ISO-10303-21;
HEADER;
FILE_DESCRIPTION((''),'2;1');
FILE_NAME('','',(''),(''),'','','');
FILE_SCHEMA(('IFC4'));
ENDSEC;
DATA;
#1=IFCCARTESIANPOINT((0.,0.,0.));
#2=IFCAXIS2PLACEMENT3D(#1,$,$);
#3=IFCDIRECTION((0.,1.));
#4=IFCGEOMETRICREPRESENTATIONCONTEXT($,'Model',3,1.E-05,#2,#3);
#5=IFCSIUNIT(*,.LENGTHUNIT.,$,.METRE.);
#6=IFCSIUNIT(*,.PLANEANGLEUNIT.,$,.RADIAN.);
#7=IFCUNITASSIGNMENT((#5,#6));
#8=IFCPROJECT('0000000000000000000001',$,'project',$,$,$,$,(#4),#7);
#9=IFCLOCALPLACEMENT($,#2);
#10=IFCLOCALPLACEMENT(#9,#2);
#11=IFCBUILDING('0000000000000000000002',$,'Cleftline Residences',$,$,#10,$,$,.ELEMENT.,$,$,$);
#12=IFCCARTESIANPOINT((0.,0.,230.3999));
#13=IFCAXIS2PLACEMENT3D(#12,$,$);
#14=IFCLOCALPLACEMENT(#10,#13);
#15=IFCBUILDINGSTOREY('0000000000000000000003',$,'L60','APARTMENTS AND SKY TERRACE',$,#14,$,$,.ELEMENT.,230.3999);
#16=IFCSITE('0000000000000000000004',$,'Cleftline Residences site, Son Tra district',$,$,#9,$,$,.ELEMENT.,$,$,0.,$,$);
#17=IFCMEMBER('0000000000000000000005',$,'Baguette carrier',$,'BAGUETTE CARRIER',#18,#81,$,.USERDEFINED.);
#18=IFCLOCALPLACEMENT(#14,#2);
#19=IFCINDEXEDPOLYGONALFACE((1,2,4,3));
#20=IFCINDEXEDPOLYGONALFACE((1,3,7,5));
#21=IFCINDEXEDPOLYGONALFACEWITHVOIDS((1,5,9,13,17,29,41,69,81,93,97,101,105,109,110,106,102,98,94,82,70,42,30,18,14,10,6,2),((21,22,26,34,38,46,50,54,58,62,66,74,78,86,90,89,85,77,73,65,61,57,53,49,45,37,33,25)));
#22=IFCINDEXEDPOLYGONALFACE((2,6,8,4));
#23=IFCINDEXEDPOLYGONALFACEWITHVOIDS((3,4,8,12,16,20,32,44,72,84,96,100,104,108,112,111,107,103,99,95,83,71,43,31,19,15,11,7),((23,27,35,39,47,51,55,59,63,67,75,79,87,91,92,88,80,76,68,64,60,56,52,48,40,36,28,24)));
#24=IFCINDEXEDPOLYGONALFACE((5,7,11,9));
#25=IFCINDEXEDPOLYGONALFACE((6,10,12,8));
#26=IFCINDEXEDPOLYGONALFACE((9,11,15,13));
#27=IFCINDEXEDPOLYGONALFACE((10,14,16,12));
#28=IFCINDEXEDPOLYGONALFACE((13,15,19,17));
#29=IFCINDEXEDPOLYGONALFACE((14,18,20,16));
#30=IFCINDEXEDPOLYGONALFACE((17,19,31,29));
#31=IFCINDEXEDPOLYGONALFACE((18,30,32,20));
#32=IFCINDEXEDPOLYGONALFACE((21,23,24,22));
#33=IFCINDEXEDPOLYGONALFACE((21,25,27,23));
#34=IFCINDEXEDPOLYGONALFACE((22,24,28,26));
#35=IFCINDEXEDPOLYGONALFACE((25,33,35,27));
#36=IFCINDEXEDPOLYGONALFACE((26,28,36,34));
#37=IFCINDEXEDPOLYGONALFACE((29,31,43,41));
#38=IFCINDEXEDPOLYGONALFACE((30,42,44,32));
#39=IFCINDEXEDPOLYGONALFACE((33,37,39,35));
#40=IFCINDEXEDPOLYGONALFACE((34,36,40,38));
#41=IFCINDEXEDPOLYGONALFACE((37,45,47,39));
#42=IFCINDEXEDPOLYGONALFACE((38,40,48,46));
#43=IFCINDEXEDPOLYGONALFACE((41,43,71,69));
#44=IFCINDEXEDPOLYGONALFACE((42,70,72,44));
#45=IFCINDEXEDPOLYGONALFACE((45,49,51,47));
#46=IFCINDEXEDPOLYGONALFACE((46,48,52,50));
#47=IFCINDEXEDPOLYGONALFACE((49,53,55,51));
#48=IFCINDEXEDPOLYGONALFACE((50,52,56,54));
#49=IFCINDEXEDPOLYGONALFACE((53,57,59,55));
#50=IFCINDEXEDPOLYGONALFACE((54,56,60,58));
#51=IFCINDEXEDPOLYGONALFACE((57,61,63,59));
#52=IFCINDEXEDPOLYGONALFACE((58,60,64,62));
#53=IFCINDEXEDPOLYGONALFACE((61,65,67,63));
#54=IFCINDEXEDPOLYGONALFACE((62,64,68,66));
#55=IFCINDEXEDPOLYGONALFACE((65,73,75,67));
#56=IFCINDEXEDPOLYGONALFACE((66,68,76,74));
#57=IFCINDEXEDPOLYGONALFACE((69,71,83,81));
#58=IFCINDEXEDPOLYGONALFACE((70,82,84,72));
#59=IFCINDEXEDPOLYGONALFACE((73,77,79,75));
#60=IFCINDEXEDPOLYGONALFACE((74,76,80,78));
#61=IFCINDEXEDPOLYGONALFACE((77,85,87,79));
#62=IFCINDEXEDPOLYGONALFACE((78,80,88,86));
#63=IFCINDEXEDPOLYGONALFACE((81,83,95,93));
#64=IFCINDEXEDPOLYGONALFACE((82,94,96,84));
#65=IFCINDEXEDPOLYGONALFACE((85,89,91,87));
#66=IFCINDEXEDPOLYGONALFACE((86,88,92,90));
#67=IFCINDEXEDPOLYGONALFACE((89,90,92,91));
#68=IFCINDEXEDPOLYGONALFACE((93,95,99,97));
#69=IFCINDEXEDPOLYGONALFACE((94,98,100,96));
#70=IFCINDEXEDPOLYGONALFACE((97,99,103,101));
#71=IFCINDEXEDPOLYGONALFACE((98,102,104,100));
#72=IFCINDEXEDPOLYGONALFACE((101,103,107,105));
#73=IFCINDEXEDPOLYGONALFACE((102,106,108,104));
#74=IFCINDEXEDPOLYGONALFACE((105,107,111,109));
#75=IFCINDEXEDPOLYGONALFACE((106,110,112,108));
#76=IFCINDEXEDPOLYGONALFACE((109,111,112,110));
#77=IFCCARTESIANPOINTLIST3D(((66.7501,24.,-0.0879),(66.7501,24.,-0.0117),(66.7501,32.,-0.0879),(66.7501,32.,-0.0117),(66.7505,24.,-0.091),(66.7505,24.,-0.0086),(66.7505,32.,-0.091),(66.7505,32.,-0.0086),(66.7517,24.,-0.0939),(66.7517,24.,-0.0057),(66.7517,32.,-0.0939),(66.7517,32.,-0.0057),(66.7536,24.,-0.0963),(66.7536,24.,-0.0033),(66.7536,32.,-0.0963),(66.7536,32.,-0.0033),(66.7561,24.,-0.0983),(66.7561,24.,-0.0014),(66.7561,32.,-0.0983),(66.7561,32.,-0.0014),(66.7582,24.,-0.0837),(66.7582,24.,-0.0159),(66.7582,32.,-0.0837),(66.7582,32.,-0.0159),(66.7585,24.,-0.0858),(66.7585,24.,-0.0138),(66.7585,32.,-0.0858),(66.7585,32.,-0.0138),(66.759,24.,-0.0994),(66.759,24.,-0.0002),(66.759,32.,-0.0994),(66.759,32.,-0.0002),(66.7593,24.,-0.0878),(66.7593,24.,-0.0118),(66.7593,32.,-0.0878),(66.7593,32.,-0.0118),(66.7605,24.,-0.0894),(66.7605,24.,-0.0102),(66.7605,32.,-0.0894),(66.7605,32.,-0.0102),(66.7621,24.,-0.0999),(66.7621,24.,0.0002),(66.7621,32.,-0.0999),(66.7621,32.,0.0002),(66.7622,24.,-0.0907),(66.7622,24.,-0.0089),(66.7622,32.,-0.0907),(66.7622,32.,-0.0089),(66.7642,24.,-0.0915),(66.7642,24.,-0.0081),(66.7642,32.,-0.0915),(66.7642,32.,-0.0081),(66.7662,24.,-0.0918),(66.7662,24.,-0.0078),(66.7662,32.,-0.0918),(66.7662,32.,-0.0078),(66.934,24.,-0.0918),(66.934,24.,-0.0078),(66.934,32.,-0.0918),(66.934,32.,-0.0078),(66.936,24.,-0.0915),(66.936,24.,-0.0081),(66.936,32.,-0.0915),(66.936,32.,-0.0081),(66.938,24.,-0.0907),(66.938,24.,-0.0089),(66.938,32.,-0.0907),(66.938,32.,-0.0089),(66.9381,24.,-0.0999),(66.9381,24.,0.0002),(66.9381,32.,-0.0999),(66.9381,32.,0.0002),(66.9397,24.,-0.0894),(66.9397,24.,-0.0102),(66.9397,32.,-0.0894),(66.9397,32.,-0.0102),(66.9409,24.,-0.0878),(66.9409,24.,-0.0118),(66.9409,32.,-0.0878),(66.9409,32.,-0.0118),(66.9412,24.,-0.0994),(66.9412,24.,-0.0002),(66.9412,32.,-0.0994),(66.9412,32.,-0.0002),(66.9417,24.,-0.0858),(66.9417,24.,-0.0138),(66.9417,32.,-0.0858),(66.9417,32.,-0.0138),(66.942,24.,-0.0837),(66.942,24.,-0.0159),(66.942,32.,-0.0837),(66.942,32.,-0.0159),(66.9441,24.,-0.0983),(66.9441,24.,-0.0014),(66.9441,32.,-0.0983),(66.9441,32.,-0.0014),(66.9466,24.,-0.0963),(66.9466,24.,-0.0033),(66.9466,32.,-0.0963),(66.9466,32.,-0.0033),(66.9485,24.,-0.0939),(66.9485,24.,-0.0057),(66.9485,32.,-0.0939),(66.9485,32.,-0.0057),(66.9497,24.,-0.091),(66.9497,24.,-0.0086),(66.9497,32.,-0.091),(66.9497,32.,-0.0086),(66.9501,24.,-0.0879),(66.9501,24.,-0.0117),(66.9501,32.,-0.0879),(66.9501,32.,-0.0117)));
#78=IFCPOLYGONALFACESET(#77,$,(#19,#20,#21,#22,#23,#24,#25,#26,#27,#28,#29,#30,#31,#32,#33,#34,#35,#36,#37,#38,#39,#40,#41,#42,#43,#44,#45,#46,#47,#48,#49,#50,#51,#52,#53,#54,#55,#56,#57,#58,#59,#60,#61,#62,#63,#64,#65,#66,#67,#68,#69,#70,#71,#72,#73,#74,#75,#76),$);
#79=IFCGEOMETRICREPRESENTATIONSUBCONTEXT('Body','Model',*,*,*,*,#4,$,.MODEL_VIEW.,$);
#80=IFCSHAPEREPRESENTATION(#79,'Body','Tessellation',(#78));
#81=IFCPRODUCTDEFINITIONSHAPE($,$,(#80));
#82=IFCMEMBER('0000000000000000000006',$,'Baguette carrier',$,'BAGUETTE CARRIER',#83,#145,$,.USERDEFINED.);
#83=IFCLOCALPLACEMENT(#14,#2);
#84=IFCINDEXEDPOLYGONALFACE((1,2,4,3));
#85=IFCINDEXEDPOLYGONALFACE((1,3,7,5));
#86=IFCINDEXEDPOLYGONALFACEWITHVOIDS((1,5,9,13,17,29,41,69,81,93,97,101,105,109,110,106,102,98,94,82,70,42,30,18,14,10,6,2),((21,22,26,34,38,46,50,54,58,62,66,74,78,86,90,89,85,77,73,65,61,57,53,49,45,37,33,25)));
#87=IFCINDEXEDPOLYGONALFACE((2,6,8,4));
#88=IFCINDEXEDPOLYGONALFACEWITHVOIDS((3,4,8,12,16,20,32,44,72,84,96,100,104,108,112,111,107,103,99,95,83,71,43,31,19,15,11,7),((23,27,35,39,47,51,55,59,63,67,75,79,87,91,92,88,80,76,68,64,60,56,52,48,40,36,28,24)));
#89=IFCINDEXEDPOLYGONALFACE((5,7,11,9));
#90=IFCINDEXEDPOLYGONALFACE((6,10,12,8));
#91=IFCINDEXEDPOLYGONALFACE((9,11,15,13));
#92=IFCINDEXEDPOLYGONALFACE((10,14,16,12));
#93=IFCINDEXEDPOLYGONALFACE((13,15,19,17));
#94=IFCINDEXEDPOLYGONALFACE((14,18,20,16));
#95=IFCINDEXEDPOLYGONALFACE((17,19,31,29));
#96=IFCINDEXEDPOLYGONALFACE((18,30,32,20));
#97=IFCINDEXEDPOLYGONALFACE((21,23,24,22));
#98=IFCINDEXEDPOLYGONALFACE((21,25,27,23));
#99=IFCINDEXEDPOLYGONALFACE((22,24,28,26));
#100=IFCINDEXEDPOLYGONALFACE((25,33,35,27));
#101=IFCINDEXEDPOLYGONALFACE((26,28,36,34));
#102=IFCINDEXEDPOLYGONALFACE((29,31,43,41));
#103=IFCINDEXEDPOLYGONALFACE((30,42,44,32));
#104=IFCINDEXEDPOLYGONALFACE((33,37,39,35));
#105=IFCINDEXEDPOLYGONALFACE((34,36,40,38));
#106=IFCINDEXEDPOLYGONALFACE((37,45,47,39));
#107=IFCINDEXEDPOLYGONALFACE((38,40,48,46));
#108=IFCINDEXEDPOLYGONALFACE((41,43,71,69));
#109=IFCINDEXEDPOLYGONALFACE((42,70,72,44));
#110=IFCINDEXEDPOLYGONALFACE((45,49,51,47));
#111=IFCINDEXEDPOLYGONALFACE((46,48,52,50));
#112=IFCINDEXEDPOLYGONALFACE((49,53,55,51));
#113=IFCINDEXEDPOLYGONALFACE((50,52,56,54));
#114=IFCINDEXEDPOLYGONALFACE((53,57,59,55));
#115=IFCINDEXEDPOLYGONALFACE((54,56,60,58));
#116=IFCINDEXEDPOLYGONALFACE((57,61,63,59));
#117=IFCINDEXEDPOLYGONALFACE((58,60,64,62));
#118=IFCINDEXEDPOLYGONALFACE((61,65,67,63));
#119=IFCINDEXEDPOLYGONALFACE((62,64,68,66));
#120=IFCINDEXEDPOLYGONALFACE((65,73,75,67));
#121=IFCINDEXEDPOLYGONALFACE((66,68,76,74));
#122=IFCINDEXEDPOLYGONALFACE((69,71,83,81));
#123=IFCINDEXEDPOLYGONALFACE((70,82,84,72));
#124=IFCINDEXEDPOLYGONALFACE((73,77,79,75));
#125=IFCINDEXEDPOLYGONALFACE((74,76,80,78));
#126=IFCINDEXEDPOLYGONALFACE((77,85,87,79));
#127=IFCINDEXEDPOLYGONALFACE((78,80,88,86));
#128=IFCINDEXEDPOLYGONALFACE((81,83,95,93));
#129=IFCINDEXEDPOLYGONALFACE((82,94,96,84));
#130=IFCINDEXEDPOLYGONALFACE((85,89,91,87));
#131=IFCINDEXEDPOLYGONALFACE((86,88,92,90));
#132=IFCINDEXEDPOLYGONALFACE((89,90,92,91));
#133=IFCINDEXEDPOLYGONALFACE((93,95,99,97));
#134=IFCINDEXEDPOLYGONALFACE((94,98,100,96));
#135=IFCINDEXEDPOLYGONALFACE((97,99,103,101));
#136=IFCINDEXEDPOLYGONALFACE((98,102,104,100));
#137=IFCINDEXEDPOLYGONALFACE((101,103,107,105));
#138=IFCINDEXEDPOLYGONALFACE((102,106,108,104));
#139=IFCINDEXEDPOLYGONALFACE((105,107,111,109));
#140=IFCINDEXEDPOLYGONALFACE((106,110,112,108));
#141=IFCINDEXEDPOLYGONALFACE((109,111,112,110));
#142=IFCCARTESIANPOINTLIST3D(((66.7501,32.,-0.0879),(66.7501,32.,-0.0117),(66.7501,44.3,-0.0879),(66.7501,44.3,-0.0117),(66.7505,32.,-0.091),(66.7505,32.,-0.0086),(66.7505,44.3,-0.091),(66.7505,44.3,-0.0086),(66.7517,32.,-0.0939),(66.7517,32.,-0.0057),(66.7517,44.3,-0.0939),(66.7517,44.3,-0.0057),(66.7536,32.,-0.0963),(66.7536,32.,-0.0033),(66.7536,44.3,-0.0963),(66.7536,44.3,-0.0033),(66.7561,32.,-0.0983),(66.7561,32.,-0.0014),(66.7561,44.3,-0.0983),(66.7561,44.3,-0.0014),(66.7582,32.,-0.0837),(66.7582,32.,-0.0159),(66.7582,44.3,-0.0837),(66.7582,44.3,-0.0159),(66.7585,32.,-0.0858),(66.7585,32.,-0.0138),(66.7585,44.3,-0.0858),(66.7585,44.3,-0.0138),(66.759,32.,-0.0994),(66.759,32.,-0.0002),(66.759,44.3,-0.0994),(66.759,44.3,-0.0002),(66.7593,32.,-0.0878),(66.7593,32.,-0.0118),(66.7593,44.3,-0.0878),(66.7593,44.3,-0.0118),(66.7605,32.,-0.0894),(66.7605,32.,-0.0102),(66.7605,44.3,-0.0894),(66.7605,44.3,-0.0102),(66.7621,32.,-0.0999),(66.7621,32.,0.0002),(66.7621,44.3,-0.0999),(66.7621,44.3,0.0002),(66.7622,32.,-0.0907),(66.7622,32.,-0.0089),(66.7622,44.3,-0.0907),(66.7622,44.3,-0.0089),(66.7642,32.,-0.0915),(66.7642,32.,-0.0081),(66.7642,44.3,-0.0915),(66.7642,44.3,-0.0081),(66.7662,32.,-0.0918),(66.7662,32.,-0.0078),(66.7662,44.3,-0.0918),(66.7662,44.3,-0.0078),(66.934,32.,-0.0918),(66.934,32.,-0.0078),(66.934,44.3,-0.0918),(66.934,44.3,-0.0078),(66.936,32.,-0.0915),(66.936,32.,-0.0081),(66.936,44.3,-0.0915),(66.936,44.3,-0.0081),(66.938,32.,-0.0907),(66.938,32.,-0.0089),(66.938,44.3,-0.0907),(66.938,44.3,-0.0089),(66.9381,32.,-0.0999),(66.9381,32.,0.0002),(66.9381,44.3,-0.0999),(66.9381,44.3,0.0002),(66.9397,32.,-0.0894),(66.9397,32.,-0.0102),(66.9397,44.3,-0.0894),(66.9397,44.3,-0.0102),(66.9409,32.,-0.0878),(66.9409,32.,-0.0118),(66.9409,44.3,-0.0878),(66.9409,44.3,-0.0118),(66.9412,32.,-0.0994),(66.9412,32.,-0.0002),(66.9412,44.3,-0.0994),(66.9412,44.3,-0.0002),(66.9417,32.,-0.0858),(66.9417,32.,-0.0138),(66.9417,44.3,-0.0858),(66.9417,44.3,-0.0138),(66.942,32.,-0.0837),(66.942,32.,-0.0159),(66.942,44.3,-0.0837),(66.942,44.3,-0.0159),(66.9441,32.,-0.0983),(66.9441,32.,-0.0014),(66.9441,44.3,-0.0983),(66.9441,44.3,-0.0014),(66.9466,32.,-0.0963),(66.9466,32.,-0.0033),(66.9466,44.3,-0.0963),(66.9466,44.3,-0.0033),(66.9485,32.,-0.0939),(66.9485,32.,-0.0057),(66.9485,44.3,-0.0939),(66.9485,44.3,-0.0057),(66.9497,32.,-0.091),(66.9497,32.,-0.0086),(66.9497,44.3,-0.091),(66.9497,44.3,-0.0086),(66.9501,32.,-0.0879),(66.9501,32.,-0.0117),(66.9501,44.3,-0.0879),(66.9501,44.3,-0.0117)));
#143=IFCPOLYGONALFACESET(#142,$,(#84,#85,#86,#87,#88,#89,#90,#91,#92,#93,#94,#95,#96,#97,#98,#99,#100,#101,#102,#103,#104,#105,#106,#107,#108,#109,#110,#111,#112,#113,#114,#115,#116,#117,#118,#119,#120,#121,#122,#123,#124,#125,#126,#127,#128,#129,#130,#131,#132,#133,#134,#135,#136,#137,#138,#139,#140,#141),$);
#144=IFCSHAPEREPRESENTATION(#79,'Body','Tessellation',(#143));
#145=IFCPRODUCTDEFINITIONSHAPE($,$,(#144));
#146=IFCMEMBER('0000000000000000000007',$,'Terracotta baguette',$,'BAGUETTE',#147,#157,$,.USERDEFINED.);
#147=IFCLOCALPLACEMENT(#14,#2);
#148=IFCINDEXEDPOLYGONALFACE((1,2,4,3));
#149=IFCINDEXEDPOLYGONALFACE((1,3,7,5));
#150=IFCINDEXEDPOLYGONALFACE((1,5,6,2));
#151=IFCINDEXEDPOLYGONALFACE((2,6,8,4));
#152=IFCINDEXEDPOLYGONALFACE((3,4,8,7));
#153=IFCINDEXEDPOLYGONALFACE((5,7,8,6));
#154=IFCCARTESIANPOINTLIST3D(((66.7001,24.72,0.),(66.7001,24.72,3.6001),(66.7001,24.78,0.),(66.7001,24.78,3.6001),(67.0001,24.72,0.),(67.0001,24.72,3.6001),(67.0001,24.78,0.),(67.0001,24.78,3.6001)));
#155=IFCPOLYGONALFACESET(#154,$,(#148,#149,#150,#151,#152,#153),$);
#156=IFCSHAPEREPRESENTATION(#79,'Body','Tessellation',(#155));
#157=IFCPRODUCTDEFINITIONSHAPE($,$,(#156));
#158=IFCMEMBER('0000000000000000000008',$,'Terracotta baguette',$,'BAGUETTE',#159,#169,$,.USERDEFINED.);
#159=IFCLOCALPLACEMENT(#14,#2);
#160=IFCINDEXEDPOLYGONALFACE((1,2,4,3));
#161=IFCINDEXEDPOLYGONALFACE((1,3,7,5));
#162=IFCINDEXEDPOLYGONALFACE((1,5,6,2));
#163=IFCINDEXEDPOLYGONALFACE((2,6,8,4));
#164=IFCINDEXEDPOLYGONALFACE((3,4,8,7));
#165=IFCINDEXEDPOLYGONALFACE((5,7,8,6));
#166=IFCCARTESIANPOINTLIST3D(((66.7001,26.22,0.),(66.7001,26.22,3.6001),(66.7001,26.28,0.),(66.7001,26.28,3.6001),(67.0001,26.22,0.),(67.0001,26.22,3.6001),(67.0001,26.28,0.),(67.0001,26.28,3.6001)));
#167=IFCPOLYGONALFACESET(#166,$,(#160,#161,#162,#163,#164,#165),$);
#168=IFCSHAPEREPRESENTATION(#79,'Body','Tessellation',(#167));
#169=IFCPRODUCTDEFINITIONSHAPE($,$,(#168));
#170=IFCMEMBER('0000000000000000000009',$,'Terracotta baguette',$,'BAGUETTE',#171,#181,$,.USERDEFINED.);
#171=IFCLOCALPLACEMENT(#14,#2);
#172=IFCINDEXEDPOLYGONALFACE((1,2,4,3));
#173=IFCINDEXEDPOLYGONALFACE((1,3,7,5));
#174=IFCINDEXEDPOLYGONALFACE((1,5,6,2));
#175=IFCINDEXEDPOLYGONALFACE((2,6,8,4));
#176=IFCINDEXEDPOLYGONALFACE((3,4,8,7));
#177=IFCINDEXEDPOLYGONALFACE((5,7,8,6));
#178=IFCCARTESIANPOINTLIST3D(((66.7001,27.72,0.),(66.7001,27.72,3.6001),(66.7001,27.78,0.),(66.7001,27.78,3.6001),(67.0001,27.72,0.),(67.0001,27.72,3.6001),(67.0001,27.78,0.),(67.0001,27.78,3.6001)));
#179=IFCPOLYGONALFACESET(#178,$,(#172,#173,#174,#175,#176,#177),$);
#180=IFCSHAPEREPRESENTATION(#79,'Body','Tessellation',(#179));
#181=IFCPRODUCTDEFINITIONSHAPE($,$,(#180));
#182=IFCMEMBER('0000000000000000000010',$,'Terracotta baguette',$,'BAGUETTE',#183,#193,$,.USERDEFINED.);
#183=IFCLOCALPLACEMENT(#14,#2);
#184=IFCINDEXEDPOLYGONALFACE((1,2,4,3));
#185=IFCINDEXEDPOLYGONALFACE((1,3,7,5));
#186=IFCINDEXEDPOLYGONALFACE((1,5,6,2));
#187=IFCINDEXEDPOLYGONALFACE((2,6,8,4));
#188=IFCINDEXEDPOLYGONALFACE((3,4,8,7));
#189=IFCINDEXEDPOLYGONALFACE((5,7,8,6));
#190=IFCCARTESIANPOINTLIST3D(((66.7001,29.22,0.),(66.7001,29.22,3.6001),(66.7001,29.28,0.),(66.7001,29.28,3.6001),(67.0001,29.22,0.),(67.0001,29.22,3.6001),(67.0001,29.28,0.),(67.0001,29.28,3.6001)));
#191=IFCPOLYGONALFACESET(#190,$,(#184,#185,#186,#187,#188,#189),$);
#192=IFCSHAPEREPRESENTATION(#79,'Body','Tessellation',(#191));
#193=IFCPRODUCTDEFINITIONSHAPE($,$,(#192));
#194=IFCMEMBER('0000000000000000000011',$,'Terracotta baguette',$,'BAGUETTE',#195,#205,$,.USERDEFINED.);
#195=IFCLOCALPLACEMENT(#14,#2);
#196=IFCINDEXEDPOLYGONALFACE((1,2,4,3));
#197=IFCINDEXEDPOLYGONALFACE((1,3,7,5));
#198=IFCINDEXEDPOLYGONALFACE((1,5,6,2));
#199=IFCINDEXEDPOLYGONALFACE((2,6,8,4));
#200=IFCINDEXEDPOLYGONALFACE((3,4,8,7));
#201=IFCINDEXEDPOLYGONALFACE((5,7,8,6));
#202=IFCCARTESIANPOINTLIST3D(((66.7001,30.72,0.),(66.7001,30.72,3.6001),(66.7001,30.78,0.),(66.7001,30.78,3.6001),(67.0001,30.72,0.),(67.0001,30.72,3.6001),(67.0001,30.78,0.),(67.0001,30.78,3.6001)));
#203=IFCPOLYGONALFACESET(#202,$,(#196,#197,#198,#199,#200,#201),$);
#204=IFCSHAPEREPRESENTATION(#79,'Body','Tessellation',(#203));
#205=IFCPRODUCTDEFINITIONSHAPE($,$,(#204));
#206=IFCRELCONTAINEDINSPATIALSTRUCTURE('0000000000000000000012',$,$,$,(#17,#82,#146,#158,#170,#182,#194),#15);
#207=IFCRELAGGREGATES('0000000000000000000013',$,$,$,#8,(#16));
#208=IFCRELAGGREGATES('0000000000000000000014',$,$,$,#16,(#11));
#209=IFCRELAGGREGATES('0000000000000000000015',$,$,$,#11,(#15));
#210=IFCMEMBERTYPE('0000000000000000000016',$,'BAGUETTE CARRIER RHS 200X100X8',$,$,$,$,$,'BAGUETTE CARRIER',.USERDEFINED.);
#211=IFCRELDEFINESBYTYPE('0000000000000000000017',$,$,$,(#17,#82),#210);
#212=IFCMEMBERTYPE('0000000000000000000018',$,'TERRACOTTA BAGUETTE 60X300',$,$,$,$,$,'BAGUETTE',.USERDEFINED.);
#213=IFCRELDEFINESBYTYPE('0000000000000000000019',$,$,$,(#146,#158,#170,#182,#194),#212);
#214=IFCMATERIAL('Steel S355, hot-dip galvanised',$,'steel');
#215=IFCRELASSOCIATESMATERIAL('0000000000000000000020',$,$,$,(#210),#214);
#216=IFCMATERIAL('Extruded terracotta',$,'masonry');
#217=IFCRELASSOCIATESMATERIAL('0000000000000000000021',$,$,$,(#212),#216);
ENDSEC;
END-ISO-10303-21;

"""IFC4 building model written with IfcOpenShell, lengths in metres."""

from ifc_helpers import new_model, si_unit, direction, frame, origin, origin_2d, place, context, subcontext, project, spatial, rectangle, hollow_rectangle, extrude, material, material_profile, profile_set, type_object, element, save


model = new_model("IFC4")

# Units and contexts
model_context = context("Model", 3, precision=1e-05, world=origin(), true_north=direction((0.0, 1.0)))
body_context = subcontext(model_context, "Body", "Model", "MODEL_VIEW")
ifc_project = project(units=[si_unit("LENGTHUNIT", "METRE"), si_unit("PLANEANGLEUNIT", "RADIAN")], contexts=[model_context])

# Site, building, storey
site_placement = place(None, origin())
site = spatial("IfcSite", under=ifc_project, at=site_placement, Name="Cleftline Residences site, Son Tra district", CompositionType="ELEMENT", RefElevation=0.0)
building_placement = place(site_placement, origin())
building = spatial("IfcBuilding", under=site, at=building_placement, Name="Cleftline Residences", CompositionType="ELEMENT")
storey_placement = place(building_placement, frame((0.0, 0.0, 230.3999)))
storey = spatial("IfcBuildingStorey", under=building, at=storey_placement, Name="L60", Description="APARTMENTS AND SKY TERRACE", CompositionType="ELEMENT", Elevation=230.3999)

# Members
ifc_material_1 = material(Name="Steel S355, hot-dip galvanised", Category="steel")
ifc_material_profile_1 = material_profile(ifc_material_1, hollow_rectangle(XDim=0.1001, YDim=0.2, WallThickness=0.0081, InnerFilletRadius=0.0081, OuterFilletRadius=0.012, at=origin_2d()))
ifc_profile_set_1 = profile_set([ifc_material_profile_1], Name="Steel S355, hot-dip galvanised")
member_type_1 = type_object("IfcMemberType", Name="BAGUETTE CARRIER RHS 200X100X8", ElementType="BAGUETTE CARRIER", PredefinedType="USERDEFINED", material=ifc_profile_set_1)
member_1_placement = place(storey_placement, frame((66.8501, 24.0, -0.0498), z_axis=(0.0, 1.0, 0.0), x_axis=(0.0, 0.0, 1.0)))
element("IfcMember", 1, at=member_1_placement, inside=storey, type_object=member_type_1, Name="Baguette carrier", ObjectType="BAGUETTE CARRIER", PredefinedType="USERDEFINED", context=body_context, shape_type="SweptSolid", body=[
    extrude(hollow_rectangle(XDim=0.1001, YDim=0.2, WallThickness=0.0081, InnerFilletRadius=0.0081, OuterFilletRadius=0.012, at=origin_2d()), origin(), (0.0, 0.0, 1.0), 8.0),
])
member_2_placement = place(storey_placement, frame((66.8501, 32.0, -0.0498), z_axis=(0.0, 1.0, 0.0), x_axis=(0.0, 0.0, 1.0)))
element("IfcMember", 2, at=member_2_placement, inside=storey, type_object=member_type_1, Name="Baguette carrier", ObjectType="BAGUETTE CARRIER", PredefinedType="USERDEFINED", context=body_context, shape_type="SweptSolid", body=[
    extrude(hollow_rectangle(XDim=0.1001, YDim=0.2, WallThickness=0.0081, InnerFilletRadius=0.0081, OuterFilletRadius=0.012, at=origin_2d()), origin(), (0.0, 0.0, 1.0), 12.3),
])
ifc_material_2 = material(Name="Extruded terracotta", Category="masonry")
ifc_material_profile_2 = material_profile(ifc_material_2, rectangle(XDim=0.0601, YDim=0.3, at=origin_2d()))
ifc_profile_set_2 = profile_set([ifc_material_profile_2], Name="Extruded terracotta")
member_type_2 = type_object("IfcMemberType", Name="TERRACOTTA BAGUETTE 60X300", ElementType="BAGUETTE", PredefinedType="USERDEFINED", material=ifc_profile_set_2)
for number, where, z_axis, x_axis, name in (
    (3, (66.8501, 24.75, 0.0), (0.0, 0.0, 1.0), (0.0, 1.0, 0.0), "Terracotta baguette"),
    (4, (66.8501, 26.25, 0.0), (0.0, 0.0, 1.0), (0.0, 1.0, 0.0), "Terracotta baguette"),
    (5, (66.8501, 27.75, 0.0), (0.0, 0.0, 1.0), (0.0, 1.0, 0.0), "Terracotta baguette"),
    (6, (66.8501, 29.25, 0.0), (0.0, 0.0, 1.0), (0.0, 1.0, 0.0), "Terracotta baguette"),
    (7, (66.8501, 30.75, 0.0), (0.0, 0.0, 1.0), (0.0, 1.0, 0.0), "Terracotta baguette"),
):
    element("IfcMember", number, at=place(storey_placement, frame(where, z_axis=z_axis, x_axis=x_axis)), inside=storey, type_object=member_type_2, Name=name, ObjectType="BAGUETTE", PredefinedType="USERDEFINED", context=body_context, shape_type="SweptSolid", body=[
        extrude(rectangle(XDim=0.0601, YDim=0.3, at=origin_2d()), origin(), (0.0, 0.0, 1.0), 3.6001),
    ])

save(model, "model.ifc")
